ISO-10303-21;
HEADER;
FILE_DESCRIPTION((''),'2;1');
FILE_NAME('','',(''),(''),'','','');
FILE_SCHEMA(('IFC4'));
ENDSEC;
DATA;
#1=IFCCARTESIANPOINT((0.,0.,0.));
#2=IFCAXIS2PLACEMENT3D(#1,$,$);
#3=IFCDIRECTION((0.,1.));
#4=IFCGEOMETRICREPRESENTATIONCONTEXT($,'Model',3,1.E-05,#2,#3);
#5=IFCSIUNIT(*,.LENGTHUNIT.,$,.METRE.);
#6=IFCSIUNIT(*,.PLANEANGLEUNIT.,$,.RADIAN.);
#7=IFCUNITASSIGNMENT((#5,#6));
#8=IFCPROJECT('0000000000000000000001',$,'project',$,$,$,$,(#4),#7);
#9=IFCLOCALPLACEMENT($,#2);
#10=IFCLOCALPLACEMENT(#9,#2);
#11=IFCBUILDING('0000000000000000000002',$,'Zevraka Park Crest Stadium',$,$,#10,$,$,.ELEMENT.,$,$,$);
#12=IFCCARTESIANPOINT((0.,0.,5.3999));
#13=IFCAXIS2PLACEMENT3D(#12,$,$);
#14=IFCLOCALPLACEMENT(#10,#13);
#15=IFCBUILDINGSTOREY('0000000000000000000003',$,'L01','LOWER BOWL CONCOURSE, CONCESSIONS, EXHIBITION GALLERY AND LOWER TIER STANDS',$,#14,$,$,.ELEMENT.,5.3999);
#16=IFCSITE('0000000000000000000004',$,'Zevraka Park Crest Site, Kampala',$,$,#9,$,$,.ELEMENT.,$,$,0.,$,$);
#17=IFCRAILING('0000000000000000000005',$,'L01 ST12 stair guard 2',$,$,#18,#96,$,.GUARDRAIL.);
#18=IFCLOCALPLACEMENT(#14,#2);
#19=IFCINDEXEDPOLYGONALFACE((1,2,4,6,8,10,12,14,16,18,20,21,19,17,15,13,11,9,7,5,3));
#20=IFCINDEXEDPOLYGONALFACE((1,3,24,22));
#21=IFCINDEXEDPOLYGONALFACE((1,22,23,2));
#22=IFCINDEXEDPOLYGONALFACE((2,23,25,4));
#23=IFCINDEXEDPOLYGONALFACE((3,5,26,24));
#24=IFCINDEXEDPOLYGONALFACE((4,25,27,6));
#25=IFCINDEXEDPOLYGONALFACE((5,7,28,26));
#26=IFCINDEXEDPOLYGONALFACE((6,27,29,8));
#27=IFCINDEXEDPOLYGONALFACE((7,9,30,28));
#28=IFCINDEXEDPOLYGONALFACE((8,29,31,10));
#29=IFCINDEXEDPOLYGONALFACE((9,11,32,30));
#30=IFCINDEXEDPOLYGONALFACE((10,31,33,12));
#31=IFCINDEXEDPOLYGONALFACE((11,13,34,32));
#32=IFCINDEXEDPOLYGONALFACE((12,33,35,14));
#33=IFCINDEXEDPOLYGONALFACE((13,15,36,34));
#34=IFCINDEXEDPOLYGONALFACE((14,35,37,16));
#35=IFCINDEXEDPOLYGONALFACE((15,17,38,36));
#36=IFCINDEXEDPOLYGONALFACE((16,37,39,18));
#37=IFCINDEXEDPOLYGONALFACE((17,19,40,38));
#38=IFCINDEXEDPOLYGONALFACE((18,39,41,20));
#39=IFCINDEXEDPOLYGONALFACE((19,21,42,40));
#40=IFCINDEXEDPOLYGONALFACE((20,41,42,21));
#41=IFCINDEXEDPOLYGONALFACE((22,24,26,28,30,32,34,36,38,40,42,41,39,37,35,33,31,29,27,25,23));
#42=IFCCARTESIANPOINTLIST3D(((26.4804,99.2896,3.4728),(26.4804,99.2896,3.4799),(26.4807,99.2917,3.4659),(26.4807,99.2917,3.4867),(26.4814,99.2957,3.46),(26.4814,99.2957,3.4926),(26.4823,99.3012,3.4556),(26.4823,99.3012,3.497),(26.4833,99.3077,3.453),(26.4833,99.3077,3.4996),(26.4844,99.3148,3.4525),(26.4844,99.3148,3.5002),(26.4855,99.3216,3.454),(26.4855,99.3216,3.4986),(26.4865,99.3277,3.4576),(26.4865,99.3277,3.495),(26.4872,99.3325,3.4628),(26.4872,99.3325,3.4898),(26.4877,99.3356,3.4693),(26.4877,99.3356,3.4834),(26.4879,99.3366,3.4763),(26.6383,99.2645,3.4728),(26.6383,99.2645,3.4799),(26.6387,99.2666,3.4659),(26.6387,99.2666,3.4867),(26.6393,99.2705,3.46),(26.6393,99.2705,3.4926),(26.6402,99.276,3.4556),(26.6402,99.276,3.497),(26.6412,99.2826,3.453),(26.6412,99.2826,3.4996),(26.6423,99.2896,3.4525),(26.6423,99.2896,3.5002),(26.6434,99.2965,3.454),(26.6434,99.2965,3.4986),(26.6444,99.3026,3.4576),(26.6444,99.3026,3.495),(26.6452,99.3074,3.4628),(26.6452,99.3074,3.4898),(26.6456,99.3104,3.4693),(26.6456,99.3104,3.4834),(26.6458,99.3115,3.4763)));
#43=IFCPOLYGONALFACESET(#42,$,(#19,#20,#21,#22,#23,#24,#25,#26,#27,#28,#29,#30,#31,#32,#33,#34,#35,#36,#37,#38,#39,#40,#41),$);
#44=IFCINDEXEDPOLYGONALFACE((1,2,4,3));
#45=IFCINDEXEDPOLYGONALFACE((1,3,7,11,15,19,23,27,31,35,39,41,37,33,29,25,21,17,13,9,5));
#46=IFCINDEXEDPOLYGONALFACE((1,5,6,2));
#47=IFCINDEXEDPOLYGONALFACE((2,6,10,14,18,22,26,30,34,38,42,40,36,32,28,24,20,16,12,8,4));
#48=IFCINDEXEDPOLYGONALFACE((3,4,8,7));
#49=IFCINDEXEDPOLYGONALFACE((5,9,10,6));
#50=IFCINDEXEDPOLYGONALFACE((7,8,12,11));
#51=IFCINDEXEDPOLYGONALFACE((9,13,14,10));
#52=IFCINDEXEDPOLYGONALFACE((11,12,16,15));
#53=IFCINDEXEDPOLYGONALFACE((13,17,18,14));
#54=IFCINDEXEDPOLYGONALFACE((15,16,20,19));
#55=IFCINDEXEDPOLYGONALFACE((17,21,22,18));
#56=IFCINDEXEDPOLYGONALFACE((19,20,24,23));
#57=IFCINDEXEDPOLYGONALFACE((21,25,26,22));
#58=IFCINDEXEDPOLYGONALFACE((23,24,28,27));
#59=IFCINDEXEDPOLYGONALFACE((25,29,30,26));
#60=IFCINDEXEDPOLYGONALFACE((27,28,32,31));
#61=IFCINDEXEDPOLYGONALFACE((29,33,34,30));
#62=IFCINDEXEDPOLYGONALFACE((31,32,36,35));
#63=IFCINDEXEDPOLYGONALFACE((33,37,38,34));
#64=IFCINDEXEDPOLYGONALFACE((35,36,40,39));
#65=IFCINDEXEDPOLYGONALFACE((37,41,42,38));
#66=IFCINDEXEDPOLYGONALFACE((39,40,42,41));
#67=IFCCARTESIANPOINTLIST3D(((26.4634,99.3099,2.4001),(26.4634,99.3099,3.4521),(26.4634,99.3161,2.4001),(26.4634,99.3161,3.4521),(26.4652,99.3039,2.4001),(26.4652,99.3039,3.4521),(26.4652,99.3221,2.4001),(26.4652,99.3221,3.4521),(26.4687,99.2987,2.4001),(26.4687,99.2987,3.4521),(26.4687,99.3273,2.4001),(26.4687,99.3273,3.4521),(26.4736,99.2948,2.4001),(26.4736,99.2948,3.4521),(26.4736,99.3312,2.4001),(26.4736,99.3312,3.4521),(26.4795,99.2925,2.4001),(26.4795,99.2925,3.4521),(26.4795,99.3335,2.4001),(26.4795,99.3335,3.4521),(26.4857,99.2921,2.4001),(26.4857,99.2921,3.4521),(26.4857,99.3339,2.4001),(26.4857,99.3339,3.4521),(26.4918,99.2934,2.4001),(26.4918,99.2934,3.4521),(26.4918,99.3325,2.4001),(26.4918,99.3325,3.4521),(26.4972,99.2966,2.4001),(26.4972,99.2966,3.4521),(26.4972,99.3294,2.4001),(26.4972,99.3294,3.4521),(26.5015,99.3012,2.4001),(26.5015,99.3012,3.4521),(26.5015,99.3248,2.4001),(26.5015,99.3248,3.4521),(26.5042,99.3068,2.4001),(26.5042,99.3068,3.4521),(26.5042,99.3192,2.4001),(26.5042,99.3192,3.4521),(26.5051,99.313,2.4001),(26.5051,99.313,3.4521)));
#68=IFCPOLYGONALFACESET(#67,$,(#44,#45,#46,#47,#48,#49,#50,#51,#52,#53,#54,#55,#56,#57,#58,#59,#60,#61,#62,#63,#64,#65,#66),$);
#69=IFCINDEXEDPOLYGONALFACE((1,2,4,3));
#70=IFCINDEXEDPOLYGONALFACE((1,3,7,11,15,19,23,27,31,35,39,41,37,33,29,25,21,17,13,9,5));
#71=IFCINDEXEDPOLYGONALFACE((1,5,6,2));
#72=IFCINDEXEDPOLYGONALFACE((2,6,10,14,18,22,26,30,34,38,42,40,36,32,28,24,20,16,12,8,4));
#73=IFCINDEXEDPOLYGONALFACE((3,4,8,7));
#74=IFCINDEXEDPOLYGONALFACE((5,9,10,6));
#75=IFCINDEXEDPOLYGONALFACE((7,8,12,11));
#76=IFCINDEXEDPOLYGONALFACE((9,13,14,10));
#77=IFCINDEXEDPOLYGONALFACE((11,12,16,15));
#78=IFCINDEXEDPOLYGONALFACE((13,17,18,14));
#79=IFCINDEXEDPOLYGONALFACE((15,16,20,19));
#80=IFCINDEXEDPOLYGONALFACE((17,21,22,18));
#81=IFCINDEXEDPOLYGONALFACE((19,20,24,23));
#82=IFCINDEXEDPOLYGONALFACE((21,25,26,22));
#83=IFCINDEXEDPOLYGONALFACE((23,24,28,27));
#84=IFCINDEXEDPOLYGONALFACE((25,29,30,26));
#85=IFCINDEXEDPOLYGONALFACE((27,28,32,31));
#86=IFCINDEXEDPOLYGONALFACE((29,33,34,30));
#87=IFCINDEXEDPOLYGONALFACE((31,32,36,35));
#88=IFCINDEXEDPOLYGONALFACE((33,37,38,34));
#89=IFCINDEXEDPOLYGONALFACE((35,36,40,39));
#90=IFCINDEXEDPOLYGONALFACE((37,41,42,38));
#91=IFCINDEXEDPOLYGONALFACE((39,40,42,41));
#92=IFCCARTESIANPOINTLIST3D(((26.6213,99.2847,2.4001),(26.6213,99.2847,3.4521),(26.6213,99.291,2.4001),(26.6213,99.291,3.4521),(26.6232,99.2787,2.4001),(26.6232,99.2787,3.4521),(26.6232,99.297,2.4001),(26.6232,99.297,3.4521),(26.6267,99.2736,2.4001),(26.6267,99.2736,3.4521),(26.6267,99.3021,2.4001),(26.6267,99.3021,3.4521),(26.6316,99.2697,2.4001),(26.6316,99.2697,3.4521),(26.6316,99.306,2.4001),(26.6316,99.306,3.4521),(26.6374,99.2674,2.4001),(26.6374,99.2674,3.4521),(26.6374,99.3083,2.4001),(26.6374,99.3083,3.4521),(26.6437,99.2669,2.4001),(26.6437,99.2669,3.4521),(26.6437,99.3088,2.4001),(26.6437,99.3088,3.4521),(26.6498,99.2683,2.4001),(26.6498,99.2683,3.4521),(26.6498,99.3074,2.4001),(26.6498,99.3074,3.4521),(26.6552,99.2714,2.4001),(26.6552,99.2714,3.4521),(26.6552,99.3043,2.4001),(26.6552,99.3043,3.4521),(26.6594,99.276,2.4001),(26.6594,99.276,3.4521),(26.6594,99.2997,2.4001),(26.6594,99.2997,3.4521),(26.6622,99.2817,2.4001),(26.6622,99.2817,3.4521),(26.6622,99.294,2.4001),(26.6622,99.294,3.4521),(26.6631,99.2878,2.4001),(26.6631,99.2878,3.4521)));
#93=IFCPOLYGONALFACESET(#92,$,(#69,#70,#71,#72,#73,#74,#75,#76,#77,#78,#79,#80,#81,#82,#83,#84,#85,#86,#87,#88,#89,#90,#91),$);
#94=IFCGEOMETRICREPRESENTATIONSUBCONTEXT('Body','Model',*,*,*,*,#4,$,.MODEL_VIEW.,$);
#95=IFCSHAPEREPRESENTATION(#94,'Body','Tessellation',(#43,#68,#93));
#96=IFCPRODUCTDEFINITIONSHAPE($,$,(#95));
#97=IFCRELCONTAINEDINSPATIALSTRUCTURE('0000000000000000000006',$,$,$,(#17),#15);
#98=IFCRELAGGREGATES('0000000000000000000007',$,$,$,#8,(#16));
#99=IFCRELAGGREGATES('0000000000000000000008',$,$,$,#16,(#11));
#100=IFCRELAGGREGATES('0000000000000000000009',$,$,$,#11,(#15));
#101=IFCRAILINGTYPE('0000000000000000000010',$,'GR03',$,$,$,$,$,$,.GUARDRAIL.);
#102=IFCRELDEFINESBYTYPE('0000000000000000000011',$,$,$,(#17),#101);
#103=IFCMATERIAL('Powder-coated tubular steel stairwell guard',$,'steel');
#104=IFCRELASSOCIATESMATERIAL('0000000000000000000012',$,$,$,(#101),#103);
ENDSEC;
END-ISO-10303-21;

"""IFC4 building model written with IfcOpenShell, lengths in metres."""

from ifc_helpers import new_model, si_unit, direction, frame, origin, origin_2d, place, context, subcontext, project, spatial, circle, extrude, material, type_object, element, save


model = new_model("IFC4")

# Units and contexts
model_context = context("Model", 3, precision=1e-05, world=origin(), true_north=direction((0.0, 1.0)))
body_context = subcontext(model_context, "Body", "Model", "MODEL_VIEW")
ifc_project = project(units=[si_unit("LENGTHUNIT", "METRE"), si_unit("PLANEANGLEUNIT", "RADIAN")], contexts=[model_context])

# Site, building, storey
site_placement = place(None, origin())
site = spatial("IfcSite", under=ifc_project, at=site_placement, Name="Zevraka Park Crest Site, Kampala", CompositionType="ELEMENT", RefElevation=0.0)
building_placement = place(site_placement, origin())
building = spatial("IfcBuilding", under=site, at=building_placement, Name="Zevraka Park Crest Stadium", CompositionType="ELEMENT")
storey_placement = place(building_placement, frame((0.0, 0.0, 5.3999)))
storey = spatial("IfcBuildingStorey", under=building, at=storey_placement, Name="L01", Description="LOWER BOWL CONCOURSE, CONCESSIONS, EXHIBITION GALLERY AND LOWER TIER STANDS", CompositionType="ELEMENT", Elevation=5.3999)

# Railing
ifc_material_1 = material(Name="Powder-coated tubular steel stairwell guard", Category="steel")
railing_type_1 = type_object("IfcRailingType", Name="GR03", PredefinedType="GUARDRAIL", material=ifc_material_1)
railing_1_placement = place(storey_placement, frame((26.4841, 99.313, 2.4001)))
element("IfcRailing", 1, at=railing_1_placement, inside=storey, type_object=railing_type_1, Name="L01 ST12 stair guard 2", PredefinedType="GUARDRAIL", context=body_context, shape_type="SweptSolid", body=[
    extrude(circle(Radius=0.0239, at=origin_2d()), frame((0.0, 0.0, 1.0762), z_axis=(0.987564, -0.157217, 0.0), x_axis=(0.157217, 0.987564, 0.0)), (0.0, 0.0, 1.0), 0.1599),
    extrude(circle(Radius=0.021, at=origin_2d()), origin(), (0.0, 0.0, 1.0), 1.052),
    extrude(circle(Radius=0.021, at=origin_2d()), frame((0.158, -0.0251, 0.0)), (0.0, 0.0, 1.0), 1.052),
])

save(model, "model.ifc")
